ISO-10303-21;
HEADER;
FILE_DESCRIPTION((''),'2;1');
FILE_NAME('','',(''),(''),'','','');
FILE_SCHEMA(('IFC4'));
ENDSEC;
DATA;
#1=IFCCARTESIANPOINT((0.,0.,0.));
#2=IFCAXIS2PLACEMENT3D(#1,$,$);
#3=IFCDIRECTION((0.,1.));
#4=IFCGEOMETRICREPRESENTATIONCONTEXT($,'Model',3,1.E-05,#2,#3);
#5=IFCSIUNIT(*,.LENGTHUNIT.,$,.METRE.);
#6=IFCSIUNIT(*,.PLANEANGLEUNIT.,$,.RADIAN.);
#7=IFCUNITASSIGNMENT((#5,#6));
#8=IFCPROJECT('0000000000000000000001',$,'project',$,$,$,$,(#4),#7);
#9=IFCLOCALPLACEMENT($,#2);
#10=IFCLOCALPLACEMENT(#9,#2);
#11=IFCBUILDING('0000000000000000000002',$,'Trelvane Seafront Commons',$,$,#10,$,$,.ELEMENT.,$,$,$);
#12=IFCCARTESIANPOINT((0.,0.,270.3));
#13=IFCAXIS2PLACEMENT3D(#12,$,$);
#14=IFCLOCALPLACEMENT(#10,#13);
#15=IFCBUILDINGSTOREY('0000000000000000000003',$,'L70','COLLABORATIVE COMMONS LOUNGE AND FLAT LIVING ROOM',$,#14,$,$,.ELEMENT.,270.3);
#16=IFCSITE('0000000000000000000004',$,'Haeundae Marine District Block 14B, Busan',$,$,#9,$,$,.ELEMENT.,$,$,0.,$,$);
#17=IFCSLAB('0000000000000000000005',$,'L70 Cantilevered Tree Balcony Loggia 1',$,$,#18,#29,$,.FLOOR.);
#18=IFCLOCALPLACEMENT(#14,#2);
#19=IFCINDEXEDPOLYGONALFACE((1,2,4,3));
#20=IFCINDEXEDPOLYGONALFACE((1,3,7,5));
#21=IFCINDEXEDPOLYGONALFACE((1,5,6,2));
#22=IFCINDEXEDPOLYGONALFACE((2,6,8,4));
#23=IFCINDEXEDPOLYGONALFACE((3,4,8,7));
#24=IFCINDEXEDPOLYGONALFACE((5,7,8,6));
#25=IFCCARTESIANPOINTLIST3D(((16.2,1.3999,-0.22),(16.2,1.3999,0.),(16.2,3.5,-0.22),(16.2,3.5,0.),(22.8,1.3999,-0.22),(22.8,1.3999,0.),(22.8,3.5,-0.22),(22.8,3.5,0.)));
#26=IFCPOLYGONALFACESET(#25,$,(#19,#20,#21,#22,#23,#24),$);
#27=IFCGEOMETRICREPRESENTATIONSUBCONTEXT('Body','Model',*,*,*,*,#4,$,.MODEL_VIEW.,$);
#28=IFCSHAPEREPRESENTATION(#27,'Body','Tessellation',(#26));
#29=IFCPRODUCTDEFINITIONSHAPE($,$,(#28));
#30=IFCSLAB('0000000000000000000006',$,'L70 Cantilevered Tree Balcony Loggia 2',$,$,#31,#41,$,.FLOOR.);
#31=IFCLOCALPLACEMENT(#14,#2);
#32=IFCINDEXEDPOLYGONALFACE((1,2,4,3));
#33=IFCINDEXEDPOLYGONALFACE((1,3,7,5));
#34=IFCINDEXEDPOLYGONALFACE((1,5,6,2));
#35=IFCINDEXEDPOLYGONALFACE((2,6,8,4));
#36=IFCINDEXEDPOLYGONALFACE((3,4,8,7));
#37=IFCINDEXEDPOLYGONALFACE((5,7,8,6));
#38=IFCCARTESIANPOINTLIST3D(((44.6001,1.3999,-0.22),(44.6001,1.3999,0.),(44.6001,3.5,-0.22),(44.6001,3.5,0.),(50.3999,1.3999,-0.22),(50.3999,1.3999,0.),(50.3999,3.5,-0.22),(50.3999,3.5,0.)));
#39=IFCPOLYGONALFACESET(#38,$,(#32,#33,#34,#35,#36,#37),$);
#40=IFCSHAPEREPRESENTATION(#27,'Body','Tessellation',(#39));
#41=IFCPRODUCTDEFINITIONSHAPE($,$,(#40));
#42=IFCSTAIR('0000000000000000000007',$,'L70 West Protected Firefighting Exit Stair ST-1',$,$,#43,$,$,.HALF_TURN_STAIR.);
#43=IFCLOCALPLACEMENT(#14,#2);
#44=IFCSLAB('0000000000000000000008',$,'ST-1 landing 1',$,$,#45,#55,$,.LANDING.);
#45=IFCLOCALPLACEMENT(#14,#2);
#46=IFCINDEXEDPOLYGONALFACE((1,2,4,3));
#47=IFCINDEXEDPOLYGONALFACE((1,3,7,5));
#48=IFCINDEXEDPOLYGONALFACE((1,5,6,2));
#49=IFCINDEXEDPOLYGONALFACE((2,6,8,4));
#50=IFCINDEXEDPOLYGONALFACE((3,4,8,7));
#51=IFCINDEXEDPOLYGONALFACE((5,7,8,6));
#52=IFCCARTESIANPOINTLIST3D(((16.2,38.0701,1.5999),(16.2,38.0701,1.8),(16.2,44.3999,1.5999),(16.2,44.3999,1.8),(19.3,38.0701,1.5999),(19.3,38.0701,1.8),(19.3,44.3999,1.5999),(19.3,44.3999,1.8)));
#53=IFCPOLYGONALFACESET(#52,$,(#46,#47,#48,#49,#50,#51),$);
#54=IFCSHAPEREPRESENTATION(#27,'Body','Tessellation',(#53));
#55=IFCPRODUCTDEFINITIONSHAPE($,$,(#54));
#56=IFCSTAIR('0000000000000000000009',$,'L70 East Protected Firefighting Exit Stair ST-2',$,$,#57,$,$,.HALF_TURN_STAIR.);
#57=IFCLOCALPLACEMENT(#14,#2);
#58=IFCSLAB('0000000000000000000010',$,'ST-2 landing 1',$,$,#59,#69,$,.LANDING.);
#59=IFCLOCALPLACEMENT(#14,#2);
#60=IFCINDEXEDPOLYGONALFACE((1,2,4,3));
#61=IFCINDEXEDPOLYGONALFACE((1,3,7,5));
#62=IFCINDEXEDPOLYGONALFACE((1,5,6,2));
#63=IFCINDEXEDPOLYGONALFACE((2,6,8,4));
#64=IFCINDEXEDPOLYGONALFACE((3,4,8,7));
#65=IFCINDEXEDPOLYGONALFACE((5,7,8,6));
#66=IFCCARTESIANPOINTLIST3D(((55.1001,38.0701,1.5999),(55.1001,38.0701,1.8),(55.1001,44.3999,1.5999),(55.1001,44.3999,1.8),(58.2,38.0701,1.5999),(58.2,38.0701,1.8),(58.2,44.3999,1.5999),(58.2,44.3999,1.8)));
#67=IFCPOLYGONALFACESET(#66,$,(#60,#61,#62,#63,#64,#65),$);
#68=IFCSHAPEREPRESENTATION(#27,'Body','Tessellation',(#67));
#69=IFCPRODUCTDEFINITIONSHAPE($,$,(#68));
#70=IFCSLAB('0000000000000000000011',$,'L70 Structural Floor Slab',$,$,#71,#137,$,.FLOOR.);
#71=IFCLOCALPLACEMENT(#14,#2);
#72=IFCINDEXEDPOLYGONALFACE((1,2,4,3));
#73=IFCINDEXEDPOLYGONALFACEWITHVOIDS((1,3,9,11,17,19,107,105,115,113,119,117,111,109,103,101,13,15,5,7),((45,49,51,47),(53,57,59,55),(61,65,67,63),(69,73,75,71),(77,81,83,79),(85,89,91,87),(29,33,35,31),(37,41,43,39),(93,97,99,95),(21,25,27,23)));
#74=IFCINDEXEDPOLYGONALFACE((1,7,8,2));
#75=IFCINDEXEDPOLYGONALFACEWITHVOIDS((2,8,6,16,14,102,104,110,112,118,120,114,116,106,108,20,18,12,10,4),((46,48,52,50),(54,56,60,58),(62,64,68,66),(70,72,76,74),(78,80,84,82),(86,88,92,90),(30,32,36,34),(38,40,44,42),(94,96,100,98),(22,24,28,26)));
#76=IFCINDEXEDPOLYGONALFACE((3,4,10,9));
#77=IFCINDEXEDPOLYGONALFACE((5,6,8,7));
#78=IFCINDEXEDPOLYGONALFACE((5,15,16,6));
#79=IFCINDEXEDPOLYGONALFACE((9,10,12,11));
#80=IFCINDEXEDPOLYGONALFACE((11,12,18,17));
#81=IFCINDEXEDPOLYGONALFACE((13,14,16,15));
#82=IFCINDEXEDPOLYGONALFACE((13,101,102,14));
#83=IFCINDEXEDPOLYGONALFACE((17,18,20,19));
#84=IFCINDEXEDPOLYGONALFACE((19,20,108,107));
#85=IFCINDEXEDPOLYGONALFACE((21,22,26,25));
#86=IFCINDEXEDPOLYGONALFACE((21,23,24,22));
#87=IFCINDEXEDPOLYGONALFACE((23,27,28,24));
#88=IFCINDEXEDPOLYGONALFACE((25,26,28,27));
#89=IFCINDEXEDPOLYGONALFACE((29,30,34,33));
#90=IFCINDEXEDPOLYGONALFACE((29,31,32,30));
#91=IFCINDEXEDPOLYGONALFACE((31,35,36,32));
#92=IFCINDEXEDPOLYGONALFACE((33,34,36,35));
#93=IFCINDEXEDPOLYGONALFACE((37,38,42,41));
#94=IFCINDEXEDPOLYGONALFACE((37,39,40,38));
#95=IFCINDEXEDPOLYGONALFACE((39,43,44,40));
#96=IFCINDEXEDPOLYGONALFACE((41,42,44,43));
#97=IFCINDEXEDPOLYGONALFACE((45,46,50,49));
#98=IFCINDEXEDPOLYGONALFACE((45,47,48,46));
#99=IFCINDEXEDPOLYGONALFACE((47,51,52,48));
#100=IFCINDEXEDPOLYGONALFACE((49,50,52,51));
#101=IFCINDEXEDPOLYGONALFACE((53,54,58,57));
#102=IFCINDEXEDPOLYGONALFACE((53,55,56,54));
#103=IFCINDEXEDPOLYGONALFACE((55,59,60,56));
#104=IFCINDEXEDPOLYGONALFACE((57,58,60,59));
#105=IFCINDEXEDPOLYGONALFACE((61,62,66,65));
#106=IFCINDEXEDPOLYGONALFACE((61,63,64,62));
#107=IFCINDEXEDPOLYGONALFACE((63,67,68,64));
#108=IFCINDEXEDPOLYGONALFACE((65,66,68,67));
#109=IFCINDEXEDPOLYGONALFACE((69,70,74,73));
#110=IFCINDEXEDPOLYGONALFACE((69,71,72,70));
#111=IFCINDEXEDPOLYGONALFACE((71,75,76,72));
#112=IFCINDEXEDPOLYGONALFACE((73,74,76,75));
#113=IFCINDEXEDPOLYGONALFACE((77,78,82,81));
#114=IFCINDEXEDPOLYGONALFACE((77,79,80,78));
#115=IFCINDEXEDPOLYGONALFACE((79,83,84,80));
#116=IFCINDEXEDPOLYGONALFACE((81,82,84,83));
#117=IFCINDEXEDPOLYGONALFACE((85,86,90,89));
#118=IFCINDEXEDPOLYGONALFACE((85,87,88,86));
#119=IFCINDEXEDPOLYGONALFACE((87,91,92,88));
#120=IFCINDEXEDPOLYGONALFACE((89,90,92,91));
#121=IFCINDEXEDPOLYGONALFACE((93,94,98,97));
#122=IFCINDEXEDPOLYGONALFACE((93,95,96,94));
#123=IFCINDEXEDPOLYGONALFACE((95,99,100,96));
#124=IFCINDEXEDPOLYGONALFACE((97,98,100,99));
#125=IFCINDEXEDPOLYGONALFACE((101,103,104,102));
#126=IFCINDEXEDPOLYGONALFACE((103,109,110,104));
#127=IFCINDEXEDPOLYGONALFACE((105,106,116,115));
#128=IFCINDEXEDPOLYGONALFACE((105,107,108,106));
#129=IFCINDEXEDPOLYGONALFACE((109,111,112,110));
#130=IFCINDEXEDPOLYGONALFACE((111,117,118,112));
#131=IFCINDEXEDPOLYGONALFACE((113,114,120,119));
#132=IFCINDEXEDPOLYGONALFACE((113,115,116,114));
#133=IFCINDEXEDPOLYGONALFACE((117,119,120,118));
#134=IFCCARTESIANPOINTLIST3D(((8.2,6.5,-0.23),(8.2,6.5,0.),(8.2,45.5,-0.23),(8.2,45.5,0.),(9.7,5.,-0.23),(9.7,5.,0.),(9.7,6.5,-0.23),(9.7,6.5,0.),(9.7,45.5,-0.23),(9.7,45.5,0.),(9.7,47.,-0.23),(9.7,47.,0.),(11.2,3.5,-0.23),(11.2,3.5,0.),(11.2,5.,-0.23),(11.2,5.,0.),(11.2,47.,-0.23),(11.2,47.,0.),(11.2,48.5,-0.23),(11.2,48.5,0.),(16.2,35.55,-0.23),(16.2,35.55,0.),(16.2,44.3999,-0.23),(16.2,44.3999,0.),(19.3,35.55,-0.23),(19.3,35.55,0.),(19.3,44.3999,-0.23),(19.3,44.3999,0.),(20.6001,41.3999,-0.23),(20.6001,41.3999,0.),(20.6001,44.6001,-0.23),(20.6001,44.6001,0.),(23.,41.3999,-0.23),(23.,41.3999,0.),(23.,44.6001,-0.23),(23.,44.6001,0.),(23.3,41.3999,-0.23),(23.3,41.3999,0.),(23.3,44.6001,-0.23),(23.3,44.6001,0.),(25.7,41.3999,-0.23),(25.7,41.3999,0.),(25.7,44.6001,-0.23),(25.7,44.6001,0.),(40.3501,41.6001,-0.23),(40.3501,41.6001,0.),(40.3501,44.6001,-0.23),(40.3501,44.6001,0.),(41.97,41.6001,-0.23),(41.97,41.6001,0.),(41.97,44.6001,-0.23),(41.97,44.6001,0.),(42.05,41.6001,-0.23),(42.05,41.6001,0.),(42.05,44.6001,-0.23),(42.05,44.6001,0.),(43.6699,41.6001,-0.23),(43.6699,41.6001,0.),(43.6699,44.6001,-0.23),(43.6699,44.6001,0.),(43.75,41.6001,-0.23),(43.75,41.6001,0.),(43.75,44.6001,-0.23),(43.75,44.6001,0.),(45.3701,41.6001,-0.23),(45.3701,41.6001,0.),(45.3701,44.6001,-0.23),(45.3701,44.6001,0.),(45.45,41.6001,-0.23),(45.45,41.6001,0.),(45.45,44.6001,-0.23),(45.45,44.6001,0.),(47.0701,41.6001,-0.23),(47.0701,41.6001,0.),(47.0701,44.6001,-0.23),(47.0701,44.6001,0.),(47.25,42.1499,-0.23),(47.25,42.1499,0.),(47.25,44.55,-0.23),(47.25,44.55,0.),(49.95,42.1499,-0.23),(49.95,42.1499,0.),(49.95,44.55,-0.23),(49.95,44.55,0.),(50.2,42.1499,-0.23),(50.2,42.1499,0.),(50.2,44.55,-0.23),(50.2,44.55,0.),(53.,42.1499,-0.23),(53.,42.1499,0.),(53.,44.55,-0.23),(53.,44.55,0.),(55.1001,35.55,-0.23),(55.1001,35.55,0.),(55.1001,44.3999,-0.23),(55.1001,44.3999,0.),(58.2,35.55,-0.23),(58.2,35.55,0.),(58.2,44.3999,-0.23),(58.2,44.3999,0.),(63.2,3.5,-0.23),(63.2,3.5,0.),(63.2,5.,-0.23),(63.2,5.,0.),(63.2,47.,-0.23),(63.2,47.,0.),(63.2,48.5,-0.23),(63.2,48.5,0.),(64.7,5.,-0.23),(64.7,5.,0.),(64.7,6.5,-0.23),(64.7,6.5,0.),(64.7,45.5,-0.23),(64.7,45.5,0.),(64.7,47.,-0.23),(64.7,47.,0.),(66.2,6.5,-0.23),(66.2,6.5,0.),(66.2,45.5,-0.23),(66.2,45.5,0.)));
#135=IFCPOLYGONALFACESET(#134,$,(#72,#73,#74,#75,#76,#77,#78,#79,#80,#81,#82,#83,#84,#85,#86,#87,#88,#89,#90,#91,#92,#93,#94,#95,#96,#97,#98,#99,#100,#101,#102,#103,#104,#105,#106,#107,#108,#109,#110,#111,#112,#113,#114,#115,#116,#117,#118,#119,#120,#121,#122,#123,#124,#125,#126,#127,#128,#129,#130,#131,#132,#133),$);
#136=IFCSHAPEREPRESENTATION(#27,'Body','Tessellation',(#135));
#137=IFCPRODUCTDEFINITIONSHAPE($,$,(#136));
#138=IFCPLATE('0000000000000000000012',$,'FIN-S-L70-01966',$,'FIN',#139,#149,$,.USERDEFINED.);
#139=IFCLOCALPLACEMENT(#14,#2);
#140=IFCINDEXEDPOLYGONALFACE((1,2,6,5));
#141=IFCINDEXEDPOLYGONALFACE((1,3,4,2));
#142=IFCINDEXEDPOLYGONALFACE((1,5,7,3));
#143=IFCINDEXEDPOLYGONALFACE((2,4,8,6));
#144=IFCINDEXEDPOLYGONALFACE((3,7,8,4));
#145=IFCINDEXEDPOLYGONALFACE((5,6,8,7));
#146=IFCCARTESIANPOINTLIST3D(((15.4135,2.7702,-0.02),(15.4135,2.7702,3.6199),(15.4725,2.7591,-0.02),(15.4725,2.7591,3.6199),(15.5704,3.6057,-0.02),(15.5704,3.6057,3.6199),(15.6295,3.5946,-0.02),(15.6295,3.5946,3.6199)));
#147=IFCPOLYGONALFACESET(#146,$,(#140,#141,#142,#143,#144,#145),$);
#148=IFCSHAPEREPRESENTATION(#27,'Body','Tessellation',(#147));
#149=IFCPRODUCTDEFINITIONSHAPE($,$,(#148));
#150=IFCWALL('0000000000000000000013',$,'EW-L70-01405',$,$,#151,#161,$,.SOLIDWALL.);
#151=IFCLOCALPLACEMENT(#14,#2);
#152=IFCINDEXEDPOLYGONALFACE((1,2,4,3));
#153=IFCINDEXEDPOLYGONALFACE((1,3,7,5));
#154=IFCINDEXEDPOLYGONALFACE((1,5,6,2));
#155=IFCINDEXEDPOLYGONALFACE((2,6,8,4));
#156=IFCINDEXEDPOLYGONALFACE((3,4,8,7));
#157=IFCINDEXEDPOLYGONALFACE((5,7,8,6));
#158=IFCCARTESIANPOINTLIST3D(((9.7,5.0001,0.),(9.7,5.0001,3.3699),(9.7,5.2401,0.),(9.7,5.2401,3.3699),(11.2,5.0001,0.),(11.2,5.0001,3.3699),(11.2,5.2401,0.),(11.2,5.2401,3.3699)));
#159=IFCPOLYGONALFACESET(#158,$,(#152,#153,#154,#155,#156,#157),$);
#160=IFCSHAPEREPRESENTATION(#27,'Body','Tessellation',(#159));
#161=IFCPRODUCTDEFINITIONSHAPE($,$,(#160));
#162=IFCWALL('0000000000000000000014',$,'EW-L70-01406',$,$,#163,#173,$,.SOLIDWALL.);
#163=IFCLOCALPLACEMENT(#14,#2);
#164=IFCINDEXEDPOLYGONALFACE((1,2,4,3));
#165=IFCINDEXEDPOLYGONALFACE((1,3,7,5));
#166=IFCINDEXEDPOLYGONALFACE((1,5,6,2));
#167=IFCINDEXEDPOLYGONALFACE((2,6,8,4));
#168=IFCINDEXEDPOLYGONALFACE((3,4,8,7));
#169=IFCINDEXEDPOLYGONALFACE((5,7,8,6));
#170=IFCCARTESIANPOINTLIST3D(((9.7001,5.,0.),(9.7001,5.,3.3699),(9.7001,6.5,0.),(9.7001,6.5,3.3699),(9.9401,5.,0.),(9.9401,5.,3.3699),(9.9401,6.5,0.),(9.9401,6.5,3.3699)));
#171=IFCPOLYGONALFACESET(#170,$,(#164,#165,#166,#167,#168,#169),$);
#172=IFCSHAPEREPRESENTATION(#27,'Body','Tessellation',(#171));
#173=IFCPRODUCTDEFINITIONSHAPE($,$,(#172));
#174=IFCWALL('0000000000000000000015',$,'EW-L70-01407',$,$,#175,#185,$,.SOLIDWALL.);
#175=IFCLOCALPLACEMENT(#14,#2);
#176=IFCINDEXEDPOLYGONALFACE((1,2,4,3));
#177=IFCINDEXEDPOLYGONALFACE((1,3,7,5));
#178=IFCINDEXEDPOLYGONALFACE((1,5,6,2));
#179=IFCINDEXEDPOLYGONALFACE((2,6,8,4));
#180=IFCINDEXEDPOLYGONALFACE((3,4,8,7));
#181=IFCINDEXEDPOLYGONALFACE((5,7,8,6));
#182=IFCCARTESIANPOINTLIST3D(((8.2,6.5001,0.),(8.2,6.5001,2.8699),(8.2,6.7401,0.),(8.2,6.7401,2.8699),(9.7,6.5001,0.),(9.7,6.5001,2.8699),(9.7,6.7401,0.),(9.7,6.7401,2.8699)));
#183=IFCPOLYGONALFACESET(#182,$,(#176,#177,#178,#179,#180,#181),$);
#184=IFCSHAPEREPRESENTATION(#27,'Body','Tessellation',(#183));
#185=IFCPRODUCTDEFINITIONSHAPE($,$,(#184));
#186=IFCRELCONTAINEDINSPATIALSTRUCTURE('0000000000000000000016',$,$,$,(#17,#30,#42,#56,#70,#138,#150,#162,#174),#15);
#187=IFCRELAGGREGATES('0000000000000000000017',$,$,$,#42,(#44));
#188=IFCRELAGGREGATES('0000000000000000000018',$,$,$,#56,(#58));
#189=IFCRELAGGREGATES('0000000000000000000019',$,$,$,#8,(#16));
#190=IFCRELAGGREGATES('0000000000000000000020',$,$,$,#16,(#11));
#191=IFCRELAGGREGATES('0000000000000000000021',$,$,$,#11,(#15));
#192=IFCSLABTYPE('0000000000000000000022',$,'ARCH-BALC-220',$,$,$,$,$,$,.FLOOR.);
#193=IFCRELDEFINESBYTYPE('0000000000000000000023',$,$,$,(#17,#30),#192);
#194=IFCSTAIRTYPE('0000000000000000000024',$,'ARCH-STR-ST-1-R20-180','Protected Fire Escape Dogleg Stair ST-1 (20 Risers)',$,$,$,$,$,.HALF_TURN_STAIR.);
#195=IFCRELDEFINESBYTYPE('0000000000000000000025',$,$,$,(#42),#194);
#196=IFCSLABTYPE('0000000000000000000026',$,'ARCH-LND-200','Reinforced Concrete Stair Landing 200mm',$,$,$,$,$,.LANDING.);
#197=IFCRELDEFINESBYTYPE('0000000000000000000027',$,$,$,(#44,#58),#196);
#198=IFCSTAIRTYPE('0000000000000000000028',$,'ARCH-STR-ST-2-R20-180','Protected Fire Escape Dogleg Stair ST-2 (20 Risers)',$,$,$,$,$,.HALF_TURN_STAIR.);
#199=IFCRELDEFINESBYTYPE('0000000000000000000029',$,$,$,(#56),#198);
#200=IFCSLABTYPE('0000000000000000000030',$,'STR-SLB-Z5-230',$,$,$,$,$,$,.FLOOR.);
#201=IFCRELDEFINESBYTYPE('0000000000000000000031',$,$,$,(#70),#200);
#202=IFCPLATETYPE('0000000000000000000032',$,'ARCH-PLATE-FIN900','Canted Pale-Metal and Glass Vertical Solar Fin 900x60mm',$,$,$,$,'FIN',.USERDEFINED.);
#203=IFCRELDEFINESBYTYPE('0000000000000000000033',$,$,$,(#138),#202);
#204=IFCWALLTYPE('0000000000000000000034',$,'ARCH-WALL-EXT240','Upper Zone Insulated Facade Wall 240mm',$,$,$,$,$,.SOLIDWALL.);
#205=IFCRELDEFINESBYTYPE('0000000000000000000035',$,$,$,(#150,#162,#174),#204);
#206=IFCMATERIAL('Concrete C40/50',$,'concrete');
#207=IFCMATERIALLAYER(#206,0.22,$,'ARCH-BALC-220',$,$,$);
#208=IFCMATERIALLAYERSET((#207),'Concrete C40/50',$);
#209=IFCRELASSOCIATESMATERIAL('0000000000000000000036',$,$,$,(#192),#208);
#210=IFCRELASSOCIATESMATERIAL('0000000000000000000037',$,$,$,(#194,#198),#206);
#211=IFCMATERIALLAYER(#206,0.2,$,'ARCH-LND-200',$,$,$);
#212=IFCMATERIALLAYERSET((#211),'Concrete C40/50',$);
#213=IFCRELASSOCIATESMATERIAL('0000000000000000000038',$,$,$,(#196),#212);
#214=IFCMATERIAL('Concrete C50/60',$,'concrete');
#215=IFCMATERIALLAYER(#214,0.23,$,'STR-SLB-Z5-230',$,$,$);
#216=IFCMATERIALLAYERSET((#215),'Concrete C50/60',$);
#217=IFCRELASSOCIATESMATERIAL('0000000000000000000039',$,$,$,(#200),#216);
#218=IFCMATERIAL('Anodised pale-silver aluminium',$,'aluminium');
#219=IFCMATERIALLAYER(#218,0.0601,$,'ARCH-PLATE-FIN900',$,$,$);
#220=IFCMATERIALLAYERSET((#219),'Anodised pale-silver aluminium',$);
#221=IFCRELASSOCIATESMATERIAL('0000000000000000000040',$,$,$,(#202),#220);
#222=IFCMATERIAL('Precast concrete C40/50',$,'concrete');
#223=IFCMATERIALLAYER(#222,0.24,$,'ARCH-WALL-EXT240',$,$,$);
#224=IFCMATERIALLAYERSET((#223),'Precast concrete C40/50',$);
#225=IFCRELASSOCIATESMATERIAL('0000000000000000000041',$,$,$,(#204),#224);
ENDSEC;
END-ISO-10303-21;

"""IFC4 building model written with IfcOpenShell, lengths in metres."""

from ifc_helpers import new_model, si_unit, direction, frame, frame_2d, origin, origin_2d, place, context, subcontext, project, spatial, polyline, rectangle, outline, extrude, source, transform, mapped, material, layer, layer_set, type_object, element, aggregate, save


model = new_model("IFC4")

# Units and contexts
model_context = context("Model", 3, precision=1e-05, world=origin(), true_north=direction((0.0, 1.0)))
body_context = subcontext(model_context, "Body", "Model", "MODEL_VIEW")
ifc_project = project(units=[si_unit("LENGTHUNIT", "METRE"), si_unit("PLANEANGLEUNIT", "RADIAN")], contexts=[model_context])

# Site, building, storey
site_placement = place(None, origin())
site = spatial("IfcSite", under=ifc_project, at=site_placement, Name="Haeundae Marine District Block 14B, Busan", CompositionType="ELEMENT", RefElevation=0.0)
building_placement = place(site_placement, origin())
building = spatial("IfcBuilding", under=site, at=building_placement, Name="Trelvane Seafront Commons", CompositionType="ELEMENT")
storey_placement = place(building_placement, frame((0.0, 0.0, 270.3)))
storey = spatial("IfcBuildingStorey", under=building, at=storey_placement, Name="L70", Description="COLLABORATIVE COMMONS LOUNGE AND FLAT LIVING ROOM", CompositionType="ELEMENT", Elevation=270.3)

# Slabs
ifc_material_1 = material(Name="Concrete C40/50", Category="concrete")
ifc_layer_1 = layer(ifc_material_1, 0.22, Name="ARCH-BALC-220")
ifc_layer_set_1 = layer_set([ifc_layer_1], Name="Concrete C40/50")
slab_type_1 = type_object("IfcSlabType", Name="ARCH-BALC-220", PredefinedType="FLOOR", material=ifc_layer_set_1)
slab_1_placement = place(storey_placement, frame((0.0, 0.0, -0.22)))
element("IfcSlab", 1, at=slab_1_placement, inside=storey, type_object=slab_type_1, Name="L70 Cantilevered Tree Balcony Loggia 1", PredefinedType="FLOOR", context=body_context, shape_type="SweptSolid", body=[
    extrude(outline(polyline([(16.2, 1.3999), (22.8, 1.3999), (22.8, 3.5), (16.2, 3.5), (16.2, 1.3999)])), origin(), (0.0, 0.0, 1.0), 0.22),
])
slab_2_placement = place(storey_placement, frame((0.0, 0.0, -0.22)))
element("IfcSlab", 2, at=slab_2_placement, inside=storey, type_object=slab_type_1, Name="L70 Cantilevered Tree Balcony Loggia 2", PredefinedType="FLOOR", context=body_context, shape_type="SweptSolid", body=[
    extrude(outline(polyline([(44.6001, 1.3999), (50.3999, 1.3999), (50.3999, 3.5), (44.6001, 3.5), (44.6001, 1.3999)])), origin(), (0.0, 0.0, 1.0), 0.22),
])

# Stairs, slabs
stair_type_1 = type_object("IfcStairType", Name="ARCH-STR-ST-1-R20-180", Description="Protected Fire Escape Dogleg Stair ST-1 (20 Risers)", PredefinedType="HALF_TURN_STAIR", material=ifc_material_1)
stair_1_placement = place(storey_placement, origin())
stair_1 = element("IfcStair", 3, at=stair_1_placement, inside=storey, type_object=stair_type_1, Name="L70 West Protected Firefighting Exit Stair ST-1", PredefinedType="HALF_TURN_STAIR")
ifc_layer_2 = layer(ifc_material_1, 0.2, Name="ARCH-LND-200")
ifc_layer_set_2 = layer_set([ifc_layer_2], Name="Concrete C40/50")
slab_type_2 = type_object("IfcSlabType", Name="ARCH-LND-200", Description="Reinforced Concrete Stair Landing 200mm", PredefinedType="LANDING", material=ifc_layer_set_2)
slab_3_placement = place(storey_placement, frame((0.0, 0.0, 1.5999)))
slab_3 = element("IfcSlab", 4, at=slab_3_placement, type_object=slab_type_2, Name="ST-1 landing 1", PredefinedType="LANDING", context=body_context, shape_type="SweptSolid", body=[
    extrude(outline(polyline([(19.3, 38.0701), (19.3, 44.3999), (16.2, 44.3999), (16.2, 38.0701), (19.3, 38.0701)])), origin(), (0.0, 0.0, 1.0), 0.2002),
])
aggregate(stair_1, [slab_3])
stair_type_2 = type_object("IfcStairType", Name="ARCH-STR-ST-2-R20-180", Description="Protected Fire Escape Dogleg Stair ST-2 (20 Risers)", PredefinedType="HALF_TURN_STAIR", material=ifc_material_1)
stair_2_placement = place(storey_placement, origin())
stair_2 = element("IfcStair", 5, at=stair_2_placement, inside=storey, type_object=stair_type_2, Name="L70 East Protected Firefighting Exit Stair ST-2", PredefinedType="HALF_TURN_STAIR")
slab_4_placement = place(storey_placement, frame((0.0, 0.0, 1.5999)))
slab_4 = element("IfcSlab", 6, at=slab_4_placement, type_object=slab_type_2, Name="ST-2 landing 1", PredefinedType="LANDING", context=body_context, shape_type="SweptSolid", body=[
    extrude(outline(polyline([(58.2, 38.0701), (58.2, 44.3999), (55.1001, 44.3999), (55.1001, 38.0701), (58.2, 38.0701)])), origin(), (0.0, 0.0, 1.0), 0.2002),
])
aggregate(stair_2, [slab_4])

# Slab
ifc_material_2 = material(Name="Concrete C50/60", Category="concrete")
ifc_layer_3 = layer(ifc_material_2, 0.23, Name="STR-SLB-Z5-230")
ifc_layer_set_3 = layer_set([ifc_layer_3], Name="Concrete C50/60")
slab_type_3 = type_object("IfcSlabType", Name="STR-SLB-Z5-230", PredefinedType="FLOOR", material=ifc_layer_set_3)
slab_5_placement = place(storey_placement, frame((0.0, 0.0, -0.23)))
element("IfcSlab", 7, at=slab_5_placement, inside=storey, type_object=slab_type_3, Name="L70 Structural Floor Slab", PredefinedType="FLOOR", context=body_context, shape_type="SweptSolid", body=[
    extrude(outline(polyline([(11.2, 3.5), (63.2, 3.5), (63.2, 5.0), (64.7, 5.0), (64.7, 6.5), (66.2, 6.5), (66.2, 45.5), (64.7, 45.5), (64.7, 47.0), (63.2, 47.0), (63.2, 48.5), (11.2, 48.5), (11.2, 47.0), (9.7, 47.0), (9.7, 45.5), (8.2, 45.5), (8.2, 6.5), (9.7, 6.5), (9.7, 5.0), (11.2, 5.0), (11.2, 3.5)]), holes=[polyline([(19.3, 35.55), (16.2, 35.55), (16.2, 44.3999), (19.3, 44.3999), (19.3, 35.55)]), polyline([(58.2, 35.55), (55.1001, 35.55), (55.1001, 44.3999), (58.2, 44.3999), (58.2, 35.55)]), polyline([(23.0, 41.3999), (20.6001, 41.3999), (20.6001, 44.6001), (23.0, 44.6001), (23.0, 41.3999)]), polyline([(23.3, 41.3999), (23.3, 44.6001), (25.7, 44.6001), (25.7, 41.3999), (23.3, 41.3999)]), polyline([(40.3501, 41.6001), (40.3501, 44.6001), (41.97, 44.6001), (41.97, 41.6001), (40.3501, 41.6001)]), polyline([(43.6699, 41.6001), (42.05, 41.6001), (42.05, 44.6001), (43.6699, 44.6001), (43.6699, 41.6001)]), polyline([(45.3701, 41.6001), (43.75, 41.6001), (43.75, 44.6001), (45.3701, 44.6001), (45.3701, 41.6001)]), polyline([(47.0701, 41.6001), (45.45, 41.6001), (45.45, 44.6001), (47.0701, 44.6001), (47.0701, 41.6001)]), polyline([(47.25, 42.1499), (47.25, 44.55), (49.95, 44.55), (49.95, 42.1499), (47.25, 42.1499)]), polyline([(50.2, 42.1499), (50.2, 44.55), (53.0, 44.55), (53.0, 42.1499), (50.2, 42.1499)])]), origin(), (0.0, 0.0, 1.0), 0.23),
])

# Plate
ifc_material_3 = material(Name="Anodised pale-silver aluminium", Category="aluminium")
ifc_layer_4 = layer(ifc_material_3, 0.0601, Name="ARCH-PLATE-FIN900")
ifc_layer_set_4 = layer_set([ifc_layer_4], Name="Anodised pale-silver aluminium")
plate_type = type_object("IfcPlateType", Name="ARCH-PLATE-FIN900", Description="Canted Pale-Metal and Glass Vertical Solar Fin 900x60mm", ElementType="FIN", PredefinedType="USERDEFINED", material=ifc_layer_set_4)
shared_shape_1 = source(origin(), body_context, "Body", "SweptSolid", [
    extrude(rectangle(XDim=0.8501, YDim=0.0601, at=origin_2d()), origin(), (0.0, 0.0, 1.0), 3.6399),
])
plate_placement = place(storey_placement, frame((15.5215, 3.1824, -0.02), z_axis=(0.0, 0.0, 1.0), x_axis=(-0.184586, -0.982816, 0.0)))
element("IfcPlate", 8, at=plate_placement, inside=storey, type_object=plate_type, Name="FIN-S-L70-01966", ObjectType="FIN", PredefinedType="USERDEFINED", context=body_context, shape_type="MappedRepresentation", body=[
    mapped(shared_shape_1, transform((0.0, 0.0, 0.0), x_axis=(1.0, 0.0, 0.0), y_axis=(0.0, 1.0, 0.0), z_axis=(0.0, 0.0, 1.0), scale=1.0)),
])

# Walls
ifc_material_4 = material(Name="Precast concrete C40/50", Category="concrete")
ifc_layer_5 = layer(ifc_material_4, 0.24, Name="ARCH-WALL-EXT240")
ifc_layer_set_5 = layer_set([ifc_layer_5], Name="Precast concrete C40/50")
wall_type_1 = type_object("IfcWallType", Name="ARCH-WALL-EXT240", Description="Upper Zone Insulated Facade Wall 240mm", PredefinedType="SOLIDWALL", material=ifc_layer_set_5)
for number, where, z_axis, x_axis, name in (
    (9, (11.2, 5.1201, 0.0), (0.0, 0.0, 1.0), (-1.0, 0.0, 0.0), "EW-L70-01405"),
    (10, (9.8201, 5.0, 0.0), (0.0, 0.0, 1.0), (0.0, 1.0, 0.0), "EW-L70-01406"),
):
    element("IfcWall", number, at=place(storey_placement, frame(where, z_axis=z_axis, x_axis=x_axis)), inside=storey, type_object=wall_type_1, Name=name, PredefinedType="SOLIDWALL", context=body_context, shape_type="SweptSolid", body=[
        extrude(rectangle(XDim=1.5, YDim=0.24, at=frame_2d((0.75, 0.0))), origin(), (0.0, 0.0, 1.0), 3.3699),
    ])
wall_1_placement = place(storey_placement, frame((9.7, 6.6201, 0.0), z_axis=(0.0, 0.0, 1.0), x_axis=(-1.0, 0.0, 0.0)))
element("IfcWall", 11, at=wall_1_placement, inside=storey, type_object=wall_type_1, Name="EW-L70-01407", PredefinedType="SOLIDWALL", context=body_context, shape_type="SweptSolid", body=[
    extrude(rectangle(XDim=1.5, YDim=0.24, at=frame_2d((0.75, 0.0))), origin(), (0.0, 0.0, 1.0), 2.8699),
])

save(model, "model.ifc")
